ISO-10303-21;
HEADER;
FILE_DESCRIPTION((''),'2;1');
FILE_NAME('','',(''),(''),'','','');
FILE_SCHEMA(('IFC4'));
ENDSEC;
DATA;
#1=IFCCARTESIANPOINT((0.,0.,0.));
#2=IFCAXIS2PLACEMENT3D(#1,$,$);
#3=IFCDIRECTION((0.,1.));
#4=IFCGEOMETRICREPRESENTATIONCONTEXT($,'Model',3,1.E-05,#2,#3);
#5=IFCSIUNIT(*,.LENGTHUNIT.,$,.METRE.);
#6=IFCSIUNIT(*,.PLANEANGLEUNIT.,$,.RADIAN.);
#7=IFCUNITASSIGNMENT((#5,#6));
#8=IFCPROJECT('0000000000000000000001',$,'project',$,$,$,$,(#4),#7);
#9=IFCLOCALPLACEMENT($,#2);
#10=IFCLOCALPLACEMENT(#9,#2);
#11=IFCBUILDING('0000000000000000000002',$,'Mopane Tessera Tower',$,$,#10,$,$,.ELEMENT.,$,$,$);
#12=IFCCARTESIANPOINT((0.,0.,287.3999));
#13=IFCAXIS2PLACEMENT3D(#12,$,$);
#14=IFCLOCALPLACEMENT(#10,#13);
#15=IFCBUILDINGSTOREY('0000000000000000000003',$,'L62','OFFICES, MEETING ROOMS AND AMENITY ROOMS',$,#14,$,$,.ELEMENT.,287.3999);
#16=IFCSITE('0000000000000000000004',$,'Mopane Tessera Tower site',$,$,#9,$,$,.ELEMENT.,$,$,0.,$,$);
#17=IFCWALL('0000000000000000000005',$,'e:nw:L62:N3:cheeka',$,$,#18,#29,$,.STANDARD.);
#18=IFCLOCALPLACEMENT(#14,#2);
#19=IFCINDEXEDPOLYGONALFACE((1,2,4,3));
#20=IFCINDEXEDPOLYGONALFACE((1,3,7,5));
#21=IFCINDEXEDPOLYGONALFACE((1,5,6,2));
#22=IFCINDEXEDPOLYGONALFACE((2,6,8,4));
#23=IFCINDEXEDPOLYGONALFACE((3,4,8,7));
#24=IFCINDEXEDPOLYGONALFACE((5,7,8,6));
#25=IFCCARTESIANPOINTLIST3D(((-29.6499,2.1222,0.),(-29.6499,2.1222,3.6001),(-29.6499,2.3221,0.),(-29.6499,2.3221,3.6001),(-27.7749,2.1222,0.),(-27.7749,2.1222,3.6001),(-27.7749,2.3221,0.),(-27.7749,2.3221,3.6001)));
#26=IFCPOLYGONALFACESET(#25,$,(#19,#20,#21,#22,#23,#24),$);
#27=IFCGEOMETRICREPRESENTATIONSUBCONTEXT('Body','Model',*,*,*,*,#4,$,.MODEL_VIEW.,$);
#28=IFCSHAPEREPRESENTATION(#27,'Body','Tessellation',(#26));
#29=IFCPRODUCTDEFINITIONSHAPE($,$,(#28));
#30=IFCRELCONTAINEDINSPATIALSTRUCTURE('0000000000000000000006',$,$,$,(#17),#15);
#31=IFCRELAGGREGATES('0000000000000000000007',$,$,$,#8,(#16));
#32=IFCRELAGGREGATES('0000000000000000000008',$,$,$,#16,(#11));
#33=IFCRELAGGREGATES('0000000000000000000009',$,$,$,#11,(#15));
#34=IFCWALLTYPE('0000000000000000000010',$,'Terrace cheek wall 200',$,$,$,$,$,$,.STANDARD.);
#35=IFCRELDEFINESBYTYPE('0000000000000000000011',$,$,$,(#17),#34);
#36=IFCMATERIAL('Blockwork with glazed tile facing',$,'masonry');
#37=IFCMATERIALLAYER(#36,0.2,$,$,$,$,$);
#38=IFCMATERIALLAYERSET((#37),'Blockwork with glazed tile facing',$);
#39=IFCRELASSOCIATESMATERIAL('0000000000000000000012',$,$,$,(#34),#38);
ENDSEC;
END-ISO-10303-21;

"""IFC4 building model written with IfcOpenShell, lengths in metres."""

from ifc_helpers import new_model, si_unit, direction, frame, frame_2d, origin, place, context, subcontext, project, spatial, rectangle, extrude, material, layer, layer_set, type_object, element, save


model = new_model("IFC4")

# Units and contexts
model_context = context("Model", 3, precision=1e-05, world=origin(), true_north=direction((0.0, 1.0)))
body_context = subcontext(model_context, "Body", "Model", "MODEL_VIEW")
ifc_project = project(units=[si_unit("LENGTHUNIT", "METRE"), si_unit("PLANEANGLEUNIT", "RADIAN")], contexts=[model_context])

# Site, building, storey
site_placement = place(None, origin())
site = spatial("IfcSite", under=ifc_project, at=site_placement, Name="Mopane Tessera Tower site", CompositionType="ELEMENT", RefElevation=0.0)
building_placement = place(site_placement, origin())
building = spatial("IfcBuilding", under=site, at=building_placement, Name="Mopane Tessera Tower", CompositionType="ELEMENT")
storey_placement = place(building_placement, frame((0.0, 0.0, 287.3999)))
storey = spatial("IfcBuildingStorey", under=building, at=storey_placement, Name="L62", Description="OFFICES, MEETING ROOMS AND AMENITY ROOMS", CompositionType="ELEMENT", Elevation=287.3999)

# Wall
ifc_material_1 = material(Name="Blockwork with glazed tile facing", Category="masonry")
ifc_layer_1 = layer(ifc_material_1, 0.2)
ifc_layer_set_1 = layer_set([ifc_layer_1], Name="Blockwork with glazed tile facing")
wall_type_1 = type_object("IfcWallType", Name="Terrace cheek wall 200", PredefinedType="STANDARD", material=ifc_layer_set_1)
wall_1_placement = place(storey_placement, frame((-29.6499, 2.2222, 0.0), z_axis=(0.0, 0.0, 1.0), x_axis=(1.0, 0.0, 0.0)))
element("IfcWall", 1, at=wall_1_placement, inside=storey, type_object=wall_type_1, Name="e:nw:L62:N3:cheeka", PredefinedType="STANDARD", context=body_context, shape_type="SweptSolid", body=[
    extrude(rectangle(XDim=1.875, YDim=0.2, at=frame_2d((0.9375, 0.0))), origin(), (0.0, 0.0, 1.0), 3.6001),
])

save(model, "model.ifc")
